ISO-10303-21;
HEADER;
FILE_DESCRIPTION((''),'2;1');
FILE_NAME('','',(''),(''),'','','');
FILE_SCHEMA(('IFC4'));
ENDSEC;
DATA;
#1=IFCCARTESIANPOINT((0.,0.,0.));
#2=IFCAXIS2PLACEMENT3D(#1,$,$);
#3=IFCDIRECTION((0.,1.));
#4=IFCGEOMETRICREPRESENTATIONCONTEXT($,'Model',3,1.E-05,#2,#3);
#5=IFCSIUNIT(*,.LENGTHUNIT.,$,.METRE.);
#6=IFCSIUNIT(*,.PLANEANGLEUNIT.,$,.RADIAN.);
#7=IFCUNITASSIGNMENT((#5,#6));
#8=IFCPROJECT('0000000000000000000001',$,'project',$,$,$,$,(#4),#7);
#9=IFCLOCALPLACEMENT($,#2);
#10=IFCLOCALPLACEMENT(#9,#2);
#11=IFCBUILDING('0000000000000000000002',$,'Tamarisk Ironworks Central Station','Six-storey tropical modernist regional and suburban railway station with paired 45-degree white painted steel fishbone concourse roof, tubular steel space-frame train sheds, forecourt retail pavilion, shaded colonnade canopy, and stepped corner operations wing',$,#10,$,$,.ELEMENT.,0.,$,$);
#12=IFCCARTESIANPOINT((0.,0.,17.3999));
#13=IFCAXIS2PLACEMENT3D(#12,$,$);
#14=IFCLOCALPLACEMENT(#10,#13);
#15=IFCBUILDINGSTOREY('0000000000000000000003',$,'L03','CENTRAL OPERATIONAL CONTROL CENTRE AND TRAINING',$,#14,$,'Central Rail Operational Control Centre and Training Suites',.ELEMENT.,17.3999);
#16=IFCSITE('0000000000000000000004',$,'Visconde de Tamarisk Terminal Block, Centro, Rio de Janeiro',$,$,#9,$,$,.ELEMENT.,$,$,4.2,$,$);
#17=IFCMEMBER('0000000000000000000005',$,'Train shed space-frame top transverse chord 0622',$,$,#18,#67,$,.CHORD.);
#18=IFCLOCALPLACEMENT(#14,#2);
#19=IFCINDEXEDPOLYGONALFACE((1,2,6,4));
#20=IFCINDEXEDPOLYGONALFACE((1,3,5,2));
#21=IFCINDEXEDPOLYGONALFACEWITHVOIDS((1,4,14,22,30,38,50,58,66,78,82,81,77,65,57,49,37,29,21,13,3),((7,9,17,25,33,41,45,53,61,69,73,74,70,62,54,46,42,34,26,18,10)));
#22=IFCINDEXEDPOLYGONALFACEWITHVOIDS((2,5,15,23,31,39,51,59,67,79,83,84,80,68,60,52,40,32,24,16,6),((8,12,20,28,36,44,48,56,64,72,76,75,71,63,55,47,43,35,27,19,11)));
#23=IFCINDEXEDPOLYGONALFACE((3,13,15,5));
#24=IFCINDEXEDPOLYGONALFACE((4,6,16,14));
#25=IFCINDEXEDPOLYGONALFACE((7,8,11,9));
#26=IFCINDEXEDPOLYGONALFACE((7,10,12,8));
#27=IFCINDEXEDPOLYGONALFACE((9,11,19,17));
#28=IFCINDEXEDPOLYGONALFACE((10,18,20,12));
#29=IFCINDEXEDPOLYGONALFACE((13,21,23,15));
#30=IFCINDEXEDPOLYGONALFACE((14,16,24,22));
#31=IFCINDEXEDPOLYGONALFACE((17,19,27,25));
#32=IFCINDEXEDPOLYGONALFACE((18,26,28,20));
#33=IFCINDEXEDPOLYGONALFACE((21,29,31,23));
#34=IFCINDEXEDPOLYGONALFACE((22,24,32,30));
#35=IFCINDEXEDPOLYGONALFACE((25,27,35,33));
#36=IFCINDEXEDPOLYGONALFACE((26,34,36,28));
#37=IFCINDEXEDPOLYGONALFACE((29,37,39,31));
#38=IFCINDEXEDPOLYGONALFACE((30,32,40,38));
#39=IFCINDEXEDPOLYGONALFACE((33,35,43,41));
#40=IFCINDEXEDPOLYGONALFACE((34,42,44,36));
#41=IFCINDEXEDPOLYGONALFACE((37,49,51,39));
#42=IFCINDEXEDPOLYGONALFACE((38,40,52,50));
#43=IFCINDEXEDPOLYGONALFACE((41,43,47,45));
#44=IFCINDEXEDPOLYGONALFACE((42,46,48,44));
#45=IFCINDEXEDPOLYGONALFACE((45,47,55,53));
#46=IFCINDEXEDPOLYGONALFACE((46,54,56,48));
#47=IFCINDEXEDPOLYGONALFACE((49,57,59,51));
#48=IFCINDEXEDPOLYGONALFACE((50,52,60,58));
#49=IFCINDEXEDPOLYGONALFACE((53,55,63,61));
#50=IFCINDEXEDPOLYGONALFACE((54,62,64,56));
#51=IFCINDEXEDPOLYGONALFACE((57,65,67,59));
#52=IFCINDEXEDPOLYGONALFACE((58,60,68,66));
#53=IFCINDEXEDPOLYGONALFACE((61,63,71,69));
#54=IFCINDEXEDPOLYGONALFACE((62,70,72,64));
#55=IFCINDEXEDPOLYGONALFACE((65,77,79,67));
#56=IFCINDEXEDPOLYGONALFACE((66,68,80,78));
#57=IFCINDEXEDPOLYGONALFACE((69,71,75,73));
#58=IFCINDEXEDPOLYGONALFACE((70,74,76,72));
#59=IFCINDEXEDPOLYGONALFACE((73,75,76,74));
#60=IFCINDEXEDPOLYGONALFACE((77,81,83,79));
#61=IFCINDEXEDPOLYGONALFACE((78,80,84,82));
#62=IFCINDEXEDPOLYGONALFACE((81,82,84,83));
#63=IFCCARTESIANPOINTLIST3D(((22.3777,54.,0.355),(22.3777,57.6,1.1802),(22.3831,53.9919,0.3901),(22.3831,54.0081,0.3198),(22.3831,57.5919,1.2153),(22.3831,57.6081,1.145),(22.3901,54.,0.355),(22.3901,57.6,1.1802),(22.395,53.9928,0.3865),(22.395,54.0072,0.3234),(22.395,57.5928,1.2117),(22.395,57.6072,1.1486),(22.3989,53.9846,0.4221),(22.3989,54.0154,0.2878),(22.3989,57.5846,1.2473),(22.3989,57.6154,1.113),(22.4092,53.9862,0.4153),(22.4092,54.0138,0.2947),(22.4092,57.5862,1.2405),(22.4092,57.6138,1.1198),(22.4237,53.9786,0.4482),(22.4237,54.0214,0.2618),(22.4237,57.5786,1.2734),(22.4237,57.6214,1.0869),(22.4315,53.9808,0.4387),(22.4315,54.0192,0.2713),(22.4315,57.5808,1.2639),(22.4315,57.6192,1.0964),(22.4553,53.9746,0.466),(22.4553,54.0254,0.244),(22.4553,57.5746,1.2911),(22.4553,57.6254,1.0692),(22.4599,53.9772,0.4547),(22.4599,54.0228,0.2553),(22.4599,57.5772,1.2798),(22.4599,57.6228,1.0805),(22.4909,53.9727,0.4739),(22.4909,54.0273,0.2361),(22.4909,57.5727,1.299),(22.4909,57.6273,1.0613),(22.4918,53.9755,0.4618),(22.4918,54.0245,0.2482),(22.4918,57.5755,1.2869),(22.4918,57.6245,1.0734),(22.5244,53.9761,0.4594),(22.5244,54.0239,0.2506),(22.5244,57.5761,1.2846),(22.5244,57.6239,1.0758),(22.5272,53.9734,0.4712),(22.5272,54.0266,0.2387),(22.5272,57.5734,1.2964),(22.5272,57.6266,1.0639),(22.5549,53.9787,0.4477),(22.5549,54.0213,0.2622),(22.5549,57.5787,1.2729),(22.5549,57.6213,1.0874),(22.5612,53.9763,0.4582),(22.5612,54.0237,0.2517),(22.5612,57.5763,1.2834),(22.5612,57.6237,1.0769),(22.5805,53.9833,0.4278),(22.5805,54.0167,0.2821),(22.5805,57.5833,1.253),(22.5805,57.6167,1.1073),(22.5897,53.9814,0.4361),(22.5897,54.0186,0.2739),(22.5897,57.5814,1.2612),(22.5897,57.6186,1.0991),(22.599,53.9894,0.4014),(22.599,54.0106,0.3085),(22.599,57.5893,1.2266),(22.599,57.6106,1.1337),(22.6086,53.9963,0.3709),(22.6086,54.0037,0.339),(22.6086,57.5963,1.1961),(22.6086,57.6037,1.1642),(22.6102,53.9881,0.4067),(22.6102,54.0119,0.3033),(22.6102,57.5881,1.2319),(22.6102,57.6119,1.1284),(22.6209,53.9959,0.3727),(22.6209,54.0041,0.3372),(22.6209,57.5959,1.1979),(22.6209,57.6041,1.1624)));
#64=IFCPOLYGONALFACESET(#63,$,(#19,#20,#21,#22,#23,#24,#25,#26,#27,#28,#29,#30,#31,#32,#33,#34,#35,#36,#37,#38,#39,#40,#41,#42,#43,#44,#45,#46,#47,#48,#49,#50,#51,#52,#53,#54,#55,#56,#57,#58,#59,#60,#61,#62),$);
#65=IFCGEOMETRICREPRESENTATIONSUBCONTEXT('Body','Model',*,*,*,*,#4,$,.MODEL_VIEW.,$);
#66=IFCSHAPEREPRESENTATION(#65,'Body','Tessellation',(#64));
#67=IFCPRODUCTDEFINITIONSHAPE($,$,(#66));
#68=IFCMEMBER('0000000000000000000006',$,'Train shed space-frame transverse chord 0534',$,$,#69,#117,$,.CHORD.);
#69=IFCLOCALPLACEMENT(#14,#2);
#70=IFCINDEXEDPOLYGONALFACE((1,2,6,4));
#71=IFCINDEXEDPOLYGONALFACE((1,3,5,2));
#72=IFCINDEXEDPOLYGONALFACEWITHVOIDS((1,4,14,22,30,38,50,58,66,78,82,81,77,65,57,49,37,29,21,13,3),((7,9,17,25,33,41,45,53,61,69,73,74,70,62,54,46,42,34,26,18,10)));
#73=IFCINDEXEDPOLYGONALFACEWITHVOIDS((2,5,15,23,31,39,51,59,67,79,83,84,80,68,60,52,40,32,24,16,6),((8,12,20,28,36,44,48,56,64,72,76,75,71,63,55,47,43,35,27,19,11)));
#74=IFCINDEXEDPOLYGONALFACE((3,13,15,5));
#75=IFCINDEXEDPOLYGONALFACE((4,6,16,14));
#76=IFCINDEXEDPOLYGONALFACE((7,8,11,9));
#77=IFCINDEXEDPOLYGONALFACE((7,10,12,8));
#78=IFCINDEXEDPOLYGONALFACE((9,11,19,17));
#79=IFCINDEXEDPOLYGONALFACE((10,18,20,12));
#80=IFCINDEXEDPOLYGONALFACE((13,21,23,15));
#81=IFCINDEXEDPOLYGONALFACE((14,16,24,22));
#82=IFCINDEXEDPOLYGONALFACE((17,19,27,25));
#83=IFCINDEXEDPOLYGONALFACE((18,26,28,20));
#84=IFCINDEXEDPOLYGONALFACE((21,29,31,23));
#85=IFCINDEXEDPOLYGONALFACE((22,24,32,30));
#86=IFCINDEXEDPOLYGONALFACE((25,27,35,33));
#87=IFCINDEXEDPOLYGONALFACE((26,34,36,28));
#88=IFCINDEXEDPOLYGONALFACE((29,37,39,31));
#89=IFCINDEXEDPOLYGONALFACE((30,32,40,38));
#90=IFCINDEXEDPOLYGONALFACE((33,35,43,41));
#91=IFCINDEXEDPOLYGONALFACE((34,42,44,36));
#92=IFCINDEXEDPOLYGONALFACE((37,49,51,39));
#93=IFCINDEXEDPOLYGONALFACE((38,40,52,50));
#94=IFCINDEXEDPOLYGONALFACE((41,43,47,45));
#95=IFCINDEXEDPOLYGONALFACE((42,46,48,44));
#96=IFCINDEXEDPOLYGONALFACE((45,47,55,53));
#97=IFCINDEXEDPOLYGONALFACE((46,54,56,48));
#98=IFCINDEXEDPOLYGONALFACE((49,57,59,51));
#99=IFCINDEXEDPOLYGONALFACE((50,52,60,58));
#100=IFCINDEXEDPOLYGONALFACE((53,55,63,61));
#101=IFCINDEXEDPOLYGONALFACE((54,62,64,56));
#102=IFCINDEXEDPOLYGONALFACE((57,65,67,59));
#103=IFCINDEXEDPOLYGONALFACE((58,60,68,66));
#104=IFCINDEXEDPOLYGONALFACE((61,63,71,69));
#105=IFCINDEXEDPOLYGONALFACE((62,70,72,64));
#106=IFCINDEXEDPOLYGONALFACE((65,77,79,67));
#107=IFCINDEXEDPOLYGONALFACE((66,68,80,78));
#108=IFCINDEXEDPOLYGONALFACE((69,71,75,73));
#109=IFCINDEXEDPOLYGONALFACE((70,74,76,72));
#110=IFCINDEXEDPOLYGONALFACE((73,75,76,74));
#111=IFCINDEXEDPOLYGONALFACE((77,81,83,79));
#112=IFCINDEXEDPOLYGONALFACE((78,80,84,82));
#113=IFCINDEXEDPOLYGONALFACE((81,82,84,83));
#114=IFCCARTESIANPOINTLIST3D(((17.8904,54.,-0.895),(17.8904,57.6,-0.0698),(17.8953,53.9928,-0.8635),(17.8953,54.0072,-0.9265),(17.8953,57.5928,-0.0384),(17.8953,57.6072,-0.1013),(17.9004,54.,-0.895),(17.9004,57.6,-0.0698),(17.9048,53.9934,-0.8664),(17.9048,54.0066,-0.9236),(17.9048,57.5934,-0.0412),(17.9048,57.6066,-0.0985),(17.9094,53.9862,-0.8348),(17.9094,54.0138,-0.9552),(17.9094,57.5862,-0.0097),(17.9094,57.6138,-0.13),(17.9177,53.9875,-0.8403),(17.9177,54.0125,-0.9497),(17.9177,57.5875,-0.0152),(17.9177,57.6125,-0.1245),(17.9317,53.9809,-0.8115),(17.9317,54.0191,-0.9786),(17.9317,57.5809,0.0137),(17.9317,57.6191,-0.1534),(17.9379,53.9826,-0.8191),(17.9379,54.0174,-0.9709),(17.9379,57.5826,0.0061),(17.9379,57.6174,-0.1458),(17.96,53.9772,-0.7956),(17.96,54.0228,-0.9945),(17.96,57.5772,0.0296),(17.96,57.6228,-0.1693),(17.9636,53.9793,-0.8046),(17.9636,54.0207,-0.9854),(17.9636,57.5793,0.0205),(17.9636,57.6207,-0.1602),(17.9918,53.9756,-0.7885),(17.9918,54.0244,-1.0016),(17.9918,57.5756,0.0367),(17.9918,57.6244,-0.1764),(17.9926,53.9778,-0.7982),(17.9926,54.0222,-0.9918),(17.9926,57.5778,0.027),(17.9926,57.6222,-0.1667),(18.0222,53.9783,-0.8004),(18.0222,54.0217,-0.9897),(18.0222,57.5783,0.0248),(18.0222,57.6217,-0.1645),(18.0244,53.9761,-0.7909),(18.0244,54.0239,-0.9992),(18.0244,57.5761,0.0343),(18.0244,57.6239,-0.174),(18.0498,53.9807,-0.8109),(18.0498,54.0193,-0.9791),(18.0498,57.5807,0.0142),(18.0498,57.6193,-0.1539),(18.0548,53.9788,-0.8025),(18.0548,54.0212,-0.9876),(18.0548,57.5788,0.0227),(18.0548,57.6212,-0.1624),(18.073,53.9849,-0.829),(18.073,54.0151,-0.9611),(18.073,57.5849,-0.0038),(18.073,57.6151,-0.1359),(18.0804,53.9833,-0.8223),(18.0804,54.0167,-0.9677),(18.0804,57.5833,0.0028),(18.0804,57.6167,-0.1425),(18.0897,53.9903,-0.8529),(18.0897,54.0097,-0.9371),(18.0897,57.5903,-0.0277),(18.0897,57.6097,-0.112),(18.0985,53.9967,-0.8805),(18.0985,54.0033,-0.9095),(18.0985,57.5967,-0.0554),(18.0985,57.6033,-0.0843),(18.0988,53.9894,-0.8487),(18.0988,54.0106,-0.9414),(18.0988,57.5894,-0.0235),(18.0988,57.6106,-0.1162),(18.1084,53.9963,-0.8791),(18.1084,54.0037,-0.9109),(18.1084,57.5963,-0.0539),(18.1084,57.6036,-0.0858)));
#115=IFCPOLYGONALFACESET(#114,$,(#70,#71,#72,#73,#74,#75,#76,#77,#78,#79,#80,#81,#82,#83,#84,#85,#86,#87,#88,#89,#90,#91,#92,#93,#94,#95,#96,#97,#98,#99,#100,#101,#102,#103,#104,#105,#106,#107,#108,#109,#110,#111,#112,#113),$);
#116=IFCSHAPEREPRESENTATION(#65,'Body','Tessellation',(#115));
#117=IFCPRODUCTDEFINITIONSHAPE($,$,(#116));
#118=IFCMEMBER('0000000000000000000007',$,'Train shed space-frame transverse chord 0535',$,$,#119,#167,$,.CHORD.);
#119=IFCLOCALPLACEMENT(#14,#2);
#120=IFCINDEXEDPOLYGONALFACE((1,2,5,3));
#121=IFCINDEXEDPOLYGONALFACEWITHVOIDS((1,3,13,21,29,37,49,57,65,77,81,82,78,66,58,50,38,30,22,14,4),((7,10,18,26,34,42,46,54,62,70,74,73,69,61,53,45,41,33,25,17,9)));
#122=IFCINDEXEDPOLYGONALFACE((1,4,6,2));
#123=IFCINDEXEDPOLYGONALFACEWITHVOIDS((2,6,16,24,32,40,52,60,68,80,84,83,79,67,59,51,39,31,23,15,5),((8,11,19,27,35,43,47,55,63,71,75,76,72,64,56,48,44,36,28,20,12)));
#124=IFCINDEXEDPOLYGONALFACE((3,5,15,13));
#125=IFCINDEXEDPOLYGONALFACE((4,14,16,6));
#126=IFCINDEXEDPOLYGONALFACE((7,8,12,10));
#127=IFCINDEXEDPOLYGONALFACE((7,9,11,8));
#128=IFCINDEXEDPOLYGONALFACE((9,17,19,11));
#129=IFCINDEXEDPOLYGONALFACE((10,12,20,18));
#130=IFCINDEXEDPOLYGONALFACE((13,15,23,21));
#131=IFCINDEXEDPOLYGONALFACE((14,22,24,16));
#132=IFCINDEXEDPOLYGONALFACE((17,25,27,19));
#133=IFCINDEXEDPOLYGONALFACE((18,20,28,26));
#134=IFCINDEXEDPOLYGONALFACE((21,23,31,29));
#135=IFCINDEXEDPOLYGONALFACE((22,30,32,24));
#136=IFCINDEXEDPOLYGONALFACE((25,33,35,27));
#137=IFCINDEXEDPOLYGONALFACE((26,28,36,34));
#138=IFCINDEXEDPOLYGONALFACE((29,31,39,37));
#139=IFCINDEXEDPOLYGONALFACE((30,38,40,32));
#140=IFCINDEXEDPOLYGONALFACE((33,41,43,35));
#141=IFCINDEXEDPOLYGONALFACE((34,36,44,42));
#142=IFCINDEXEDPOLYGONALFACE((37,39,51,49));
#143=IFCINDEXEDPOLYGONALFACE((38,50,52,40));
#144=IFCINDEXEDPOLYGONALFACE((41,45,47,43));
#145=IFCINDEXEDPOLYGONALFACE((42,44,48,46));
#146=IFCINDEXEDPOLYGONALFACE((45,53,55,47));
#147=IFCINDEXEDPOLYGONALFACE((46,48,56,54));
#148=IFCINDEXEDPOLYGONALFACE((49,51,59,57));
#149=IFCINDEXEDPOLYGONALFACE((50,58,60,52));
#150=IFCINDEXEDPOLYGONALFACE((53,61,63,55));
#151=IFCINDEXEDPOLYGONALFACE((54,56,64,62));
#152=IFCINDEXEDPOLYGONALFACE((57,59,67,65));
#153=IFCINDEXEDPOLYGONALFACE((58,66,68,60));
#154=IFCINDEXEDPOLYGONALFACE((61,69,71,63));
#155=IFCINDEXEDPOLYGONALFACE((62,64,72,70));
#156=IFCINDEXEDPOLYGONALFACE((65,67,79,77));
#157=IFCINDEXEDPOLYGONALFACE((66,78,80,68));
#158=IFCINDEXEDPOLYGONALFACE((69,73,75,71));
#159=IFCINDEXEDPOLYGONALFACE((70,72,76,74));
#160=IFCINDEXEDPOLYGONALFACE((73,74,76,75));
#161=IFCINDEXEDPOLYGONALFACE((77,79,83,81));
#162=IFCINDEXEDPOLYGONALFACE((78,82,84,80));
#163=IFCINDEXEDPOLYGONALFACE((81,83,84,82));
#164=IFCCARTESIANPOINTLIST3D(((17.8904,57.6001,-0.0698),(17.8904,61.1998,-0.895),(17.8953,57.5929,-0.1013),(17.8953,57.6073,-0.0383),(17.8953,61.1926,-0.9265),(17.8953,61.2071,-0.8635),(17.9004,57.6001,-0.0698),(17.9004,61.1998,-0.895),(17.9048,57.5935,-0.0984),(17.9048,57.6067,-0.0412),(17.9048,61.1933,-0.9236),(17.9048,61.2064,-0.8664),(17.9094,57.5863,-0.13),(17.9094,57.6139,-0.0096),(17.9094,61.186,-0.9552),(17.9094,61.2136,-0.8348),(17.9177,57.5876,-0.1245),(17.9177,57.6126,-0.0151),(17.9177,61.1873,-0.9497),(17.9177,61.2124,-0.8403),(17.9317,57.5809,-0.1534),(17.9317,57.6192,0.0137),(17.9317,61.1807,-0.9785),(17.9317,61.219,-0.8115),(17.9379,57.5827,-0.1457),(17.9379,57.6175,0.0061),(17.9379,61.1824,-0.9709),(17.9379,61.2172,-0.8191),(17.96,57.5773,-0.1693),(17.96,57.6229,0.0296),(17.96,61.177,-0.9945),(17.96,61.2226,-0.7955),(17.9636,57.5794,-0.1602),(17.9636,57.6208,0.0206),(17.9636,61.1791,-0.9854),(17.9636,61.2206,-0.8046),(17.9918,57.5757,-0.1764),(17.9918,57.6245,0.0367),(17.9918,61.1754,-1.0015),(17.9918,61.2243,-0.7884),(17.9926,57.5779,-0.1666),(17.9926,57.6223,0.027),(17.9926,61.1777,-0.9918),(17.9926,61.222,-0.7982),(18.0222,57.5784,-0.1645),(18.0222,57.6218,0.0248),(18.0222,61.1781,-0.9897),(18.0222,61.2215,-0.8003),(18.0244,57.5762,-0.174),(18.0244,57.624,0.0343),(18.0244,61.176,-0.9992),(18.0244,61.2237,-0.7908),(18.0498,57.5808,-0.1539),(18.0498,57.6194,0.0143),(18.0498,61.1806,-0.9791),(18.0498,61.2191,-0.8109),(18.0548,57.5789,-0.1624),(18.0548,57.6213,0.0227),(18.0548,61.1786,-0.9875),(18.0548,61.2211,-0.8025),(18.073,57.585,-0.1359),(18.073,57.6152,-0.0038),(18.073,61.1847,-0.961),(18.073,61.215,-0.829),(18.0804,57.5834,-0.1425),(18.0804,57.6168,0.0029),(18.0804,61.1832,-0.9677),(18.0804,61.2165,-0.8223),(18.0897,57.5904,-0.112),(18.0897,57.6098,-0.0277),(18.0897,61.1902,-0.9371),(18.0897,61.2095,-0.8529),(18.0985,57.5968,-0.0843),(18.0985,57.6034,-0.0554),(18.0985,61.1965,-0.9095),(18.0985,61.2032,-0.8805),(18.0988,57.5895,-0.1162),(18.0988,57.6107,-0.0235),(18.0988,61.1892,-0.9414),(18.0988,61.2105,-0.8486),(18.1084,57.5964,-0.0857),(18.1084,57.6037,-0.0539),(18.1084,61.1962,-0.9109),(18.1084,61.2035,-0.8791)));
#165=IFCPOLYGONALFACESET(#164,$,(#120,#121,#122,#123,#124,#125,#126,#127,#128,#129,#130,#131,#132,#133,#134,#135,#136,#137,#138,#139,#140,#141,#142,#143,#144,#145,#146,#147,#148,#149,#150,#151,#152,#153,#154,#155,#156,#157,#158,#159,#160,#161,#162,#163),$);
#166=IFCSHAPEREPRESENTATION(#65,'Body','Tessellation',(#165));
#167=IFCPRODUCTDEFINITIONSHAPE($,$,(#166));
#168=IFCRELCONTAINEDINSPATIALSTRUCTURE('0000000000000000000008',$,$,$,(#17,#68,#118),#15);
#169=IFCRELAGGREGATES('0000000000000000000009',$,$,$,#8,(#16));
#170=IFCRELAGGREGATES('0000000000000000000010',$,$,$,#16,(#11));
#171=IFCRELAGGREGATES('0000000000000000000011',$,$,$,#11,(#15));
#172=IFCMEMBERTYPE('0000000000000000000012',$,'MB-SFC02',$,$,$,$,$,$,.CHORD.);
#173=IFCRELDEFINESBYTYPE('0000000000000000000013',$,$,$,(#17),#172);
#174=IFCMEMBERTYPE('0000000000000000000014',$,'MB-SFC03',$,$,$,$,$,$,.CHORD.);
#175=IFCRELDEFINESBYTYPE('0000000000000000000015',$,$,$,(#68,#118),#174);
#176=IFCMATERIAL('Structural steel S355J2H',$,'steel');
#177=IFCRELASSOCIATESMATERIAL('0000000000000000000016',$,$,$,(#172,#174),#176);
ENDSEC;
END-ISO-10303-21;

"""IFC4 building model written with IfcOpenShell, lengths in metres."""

from ifc_helpers import new_model, si_unit, direction, frame, origin, origin_2d, place, context, subcontext, project, spatial, hollow_circle, extrude, material, material_profile, profile_set, type_object, element, save


model = new_model("IFC4")

# Units and contexts
model_context = context("Model", 3, precision=1e-05, world=origin(), true_north=direction((0.0, 1.0)))
body_context = subcontext(model_context, "Body", "Model", "MODEL_VIEW")
ifc_project = project(units=[si_unit("LENGTHUNIT", "METRE"), si_unit("PLANEANGLEUNIT", "RADIAN")], contexts=[model_context])

# Site, building, storey
site_placement = place(None, origin())
site = spatial("IfcSite", under=ifc_project, at=site_placement, Name="Visconde de Tamarisk Terminal Block, Centro, Rio de Janeiro", CompositionType="ELEMENT", RefElevation=4.2)
building_placement = place(site_placement, origin())
building = spatial("IfcBuilding", under=site, at=building_placement, Name="Tamarisk Ironworks Central Station", Description="Six-storey tropical modernist regional and suburban railway station with paired 45-degree white painted steel fishbone concourse roof, tubular steel space-frame train sheds, forecourt retail pavilion, shaded colonnade canopy, and stepped corner operations wing", CompositionType="ELEMENT", ElevationOfRefHeight=0.0)
storey_placement = place(building_placement, frame((0.0, 0.0, 17.3999)))
storey = spatial("IfcBuildingStorey", under=building, at=storey_placement, Name="L03", Description="CENTRAL OPERATIONAL CONTROL CENTRE AND TRAINING", LongName="Central Rail Operational Control Centre and Training Suites", CompositionType="ELEMENT", Elevation=17.3999)

# Members
ifc_material_1 = material(Name="Structural steel S355J2H", Category="steel")
ifc_material_profile_1 = material_profile(ifc_material_1, hollow_circle(Radius=0.1223, WallThickness=0.0125, at=origin_2d()), Name="CHS 244.5x12.5")
ifc_profile_set_1 = profile_set([ifc_material_profile_1], Name="Structural steel S355J2H")
member_type_1 = type_object("IfcMemberType", Name="MB-SFC02", PredefinedType="CHORD", material=ifc_profile_set_1)
member_1_placement = place(storey_placement, frame((22.5, 54.0, 0.355), z_axis=(0.0, 0.974722, 0.223421), x_axis=(-1.0, 0.0, 0.0)))
element("IfcMember", 1, at=member_1_placement, inside=storey, type_object=member_type_1, Name="Train shed space-frame top transverse chord 0622", PredefinedType="CHORD", context=body_context, shape_type="SweptSolid", body=[
    extrude(hollow_circle(Radius=0.1223, WallThickness=0.0125, at=origin_2d()), origin(), (0.0, 0.0, 1.0), 3.6934),
])
ifc_material_profile_2 = material_profile(ifc_material_1, hollow_circle(Radius=0.1096, WallThickness=0.01, at=origin_2d()), Name="CHS 219.1x10")
ifc_profile_set_2 = profile_set([ifc_material_profile_2], Name="Structural steel S355J2H")
member_type_2 = type_object("IfcMemberType", Name="MB-SFC03", PredefinedType="CHORD", material=ifc_profile_set_2)
member_2_placement = place(storey_placement, frame((18.0, 54.0, -0.895), z_axis=(0.0, 0.974722, 0.223421), x_axis=(-1.0, 0.0, 0.0)))
element("IfcMember", 2, at=member_2_placement, inside=storey, type_object=member_type_2, Name="Train shed space-frame transverse chord 0534", PredefinedType="CHORD", context=body_context, shape_type="SweptSolid", body=[
    extrude(hollow_circle(Radius=0.1096, WallThickness=0.01, at=origin_2d()), origin(), (0.0, 0.0, 1.0), 3.6934),
])
member_3_placement = place(storey_placement, frame((18.0, 57.6001, -0.0698), z_axis=(0.0, 0.974719, -0.223435), x_axis=(-1.0, 0.0, 0.0)))
element("IfcMember", 3, at=member_3_placement, inside=storey, type_object=member_type_2, Name="Train shed space-frame transverse chord 0535", PredefinedType="CHORD", context=body_context, shape_type="SweptSolid", body=[
    extrude(hollow_circle(Radius=0.1096, WallThickness=0.01, at=origin_2d()), origin(), (0.0, 0.0, 1.0), 3.6931),
])

save(model, "model.ifc")
